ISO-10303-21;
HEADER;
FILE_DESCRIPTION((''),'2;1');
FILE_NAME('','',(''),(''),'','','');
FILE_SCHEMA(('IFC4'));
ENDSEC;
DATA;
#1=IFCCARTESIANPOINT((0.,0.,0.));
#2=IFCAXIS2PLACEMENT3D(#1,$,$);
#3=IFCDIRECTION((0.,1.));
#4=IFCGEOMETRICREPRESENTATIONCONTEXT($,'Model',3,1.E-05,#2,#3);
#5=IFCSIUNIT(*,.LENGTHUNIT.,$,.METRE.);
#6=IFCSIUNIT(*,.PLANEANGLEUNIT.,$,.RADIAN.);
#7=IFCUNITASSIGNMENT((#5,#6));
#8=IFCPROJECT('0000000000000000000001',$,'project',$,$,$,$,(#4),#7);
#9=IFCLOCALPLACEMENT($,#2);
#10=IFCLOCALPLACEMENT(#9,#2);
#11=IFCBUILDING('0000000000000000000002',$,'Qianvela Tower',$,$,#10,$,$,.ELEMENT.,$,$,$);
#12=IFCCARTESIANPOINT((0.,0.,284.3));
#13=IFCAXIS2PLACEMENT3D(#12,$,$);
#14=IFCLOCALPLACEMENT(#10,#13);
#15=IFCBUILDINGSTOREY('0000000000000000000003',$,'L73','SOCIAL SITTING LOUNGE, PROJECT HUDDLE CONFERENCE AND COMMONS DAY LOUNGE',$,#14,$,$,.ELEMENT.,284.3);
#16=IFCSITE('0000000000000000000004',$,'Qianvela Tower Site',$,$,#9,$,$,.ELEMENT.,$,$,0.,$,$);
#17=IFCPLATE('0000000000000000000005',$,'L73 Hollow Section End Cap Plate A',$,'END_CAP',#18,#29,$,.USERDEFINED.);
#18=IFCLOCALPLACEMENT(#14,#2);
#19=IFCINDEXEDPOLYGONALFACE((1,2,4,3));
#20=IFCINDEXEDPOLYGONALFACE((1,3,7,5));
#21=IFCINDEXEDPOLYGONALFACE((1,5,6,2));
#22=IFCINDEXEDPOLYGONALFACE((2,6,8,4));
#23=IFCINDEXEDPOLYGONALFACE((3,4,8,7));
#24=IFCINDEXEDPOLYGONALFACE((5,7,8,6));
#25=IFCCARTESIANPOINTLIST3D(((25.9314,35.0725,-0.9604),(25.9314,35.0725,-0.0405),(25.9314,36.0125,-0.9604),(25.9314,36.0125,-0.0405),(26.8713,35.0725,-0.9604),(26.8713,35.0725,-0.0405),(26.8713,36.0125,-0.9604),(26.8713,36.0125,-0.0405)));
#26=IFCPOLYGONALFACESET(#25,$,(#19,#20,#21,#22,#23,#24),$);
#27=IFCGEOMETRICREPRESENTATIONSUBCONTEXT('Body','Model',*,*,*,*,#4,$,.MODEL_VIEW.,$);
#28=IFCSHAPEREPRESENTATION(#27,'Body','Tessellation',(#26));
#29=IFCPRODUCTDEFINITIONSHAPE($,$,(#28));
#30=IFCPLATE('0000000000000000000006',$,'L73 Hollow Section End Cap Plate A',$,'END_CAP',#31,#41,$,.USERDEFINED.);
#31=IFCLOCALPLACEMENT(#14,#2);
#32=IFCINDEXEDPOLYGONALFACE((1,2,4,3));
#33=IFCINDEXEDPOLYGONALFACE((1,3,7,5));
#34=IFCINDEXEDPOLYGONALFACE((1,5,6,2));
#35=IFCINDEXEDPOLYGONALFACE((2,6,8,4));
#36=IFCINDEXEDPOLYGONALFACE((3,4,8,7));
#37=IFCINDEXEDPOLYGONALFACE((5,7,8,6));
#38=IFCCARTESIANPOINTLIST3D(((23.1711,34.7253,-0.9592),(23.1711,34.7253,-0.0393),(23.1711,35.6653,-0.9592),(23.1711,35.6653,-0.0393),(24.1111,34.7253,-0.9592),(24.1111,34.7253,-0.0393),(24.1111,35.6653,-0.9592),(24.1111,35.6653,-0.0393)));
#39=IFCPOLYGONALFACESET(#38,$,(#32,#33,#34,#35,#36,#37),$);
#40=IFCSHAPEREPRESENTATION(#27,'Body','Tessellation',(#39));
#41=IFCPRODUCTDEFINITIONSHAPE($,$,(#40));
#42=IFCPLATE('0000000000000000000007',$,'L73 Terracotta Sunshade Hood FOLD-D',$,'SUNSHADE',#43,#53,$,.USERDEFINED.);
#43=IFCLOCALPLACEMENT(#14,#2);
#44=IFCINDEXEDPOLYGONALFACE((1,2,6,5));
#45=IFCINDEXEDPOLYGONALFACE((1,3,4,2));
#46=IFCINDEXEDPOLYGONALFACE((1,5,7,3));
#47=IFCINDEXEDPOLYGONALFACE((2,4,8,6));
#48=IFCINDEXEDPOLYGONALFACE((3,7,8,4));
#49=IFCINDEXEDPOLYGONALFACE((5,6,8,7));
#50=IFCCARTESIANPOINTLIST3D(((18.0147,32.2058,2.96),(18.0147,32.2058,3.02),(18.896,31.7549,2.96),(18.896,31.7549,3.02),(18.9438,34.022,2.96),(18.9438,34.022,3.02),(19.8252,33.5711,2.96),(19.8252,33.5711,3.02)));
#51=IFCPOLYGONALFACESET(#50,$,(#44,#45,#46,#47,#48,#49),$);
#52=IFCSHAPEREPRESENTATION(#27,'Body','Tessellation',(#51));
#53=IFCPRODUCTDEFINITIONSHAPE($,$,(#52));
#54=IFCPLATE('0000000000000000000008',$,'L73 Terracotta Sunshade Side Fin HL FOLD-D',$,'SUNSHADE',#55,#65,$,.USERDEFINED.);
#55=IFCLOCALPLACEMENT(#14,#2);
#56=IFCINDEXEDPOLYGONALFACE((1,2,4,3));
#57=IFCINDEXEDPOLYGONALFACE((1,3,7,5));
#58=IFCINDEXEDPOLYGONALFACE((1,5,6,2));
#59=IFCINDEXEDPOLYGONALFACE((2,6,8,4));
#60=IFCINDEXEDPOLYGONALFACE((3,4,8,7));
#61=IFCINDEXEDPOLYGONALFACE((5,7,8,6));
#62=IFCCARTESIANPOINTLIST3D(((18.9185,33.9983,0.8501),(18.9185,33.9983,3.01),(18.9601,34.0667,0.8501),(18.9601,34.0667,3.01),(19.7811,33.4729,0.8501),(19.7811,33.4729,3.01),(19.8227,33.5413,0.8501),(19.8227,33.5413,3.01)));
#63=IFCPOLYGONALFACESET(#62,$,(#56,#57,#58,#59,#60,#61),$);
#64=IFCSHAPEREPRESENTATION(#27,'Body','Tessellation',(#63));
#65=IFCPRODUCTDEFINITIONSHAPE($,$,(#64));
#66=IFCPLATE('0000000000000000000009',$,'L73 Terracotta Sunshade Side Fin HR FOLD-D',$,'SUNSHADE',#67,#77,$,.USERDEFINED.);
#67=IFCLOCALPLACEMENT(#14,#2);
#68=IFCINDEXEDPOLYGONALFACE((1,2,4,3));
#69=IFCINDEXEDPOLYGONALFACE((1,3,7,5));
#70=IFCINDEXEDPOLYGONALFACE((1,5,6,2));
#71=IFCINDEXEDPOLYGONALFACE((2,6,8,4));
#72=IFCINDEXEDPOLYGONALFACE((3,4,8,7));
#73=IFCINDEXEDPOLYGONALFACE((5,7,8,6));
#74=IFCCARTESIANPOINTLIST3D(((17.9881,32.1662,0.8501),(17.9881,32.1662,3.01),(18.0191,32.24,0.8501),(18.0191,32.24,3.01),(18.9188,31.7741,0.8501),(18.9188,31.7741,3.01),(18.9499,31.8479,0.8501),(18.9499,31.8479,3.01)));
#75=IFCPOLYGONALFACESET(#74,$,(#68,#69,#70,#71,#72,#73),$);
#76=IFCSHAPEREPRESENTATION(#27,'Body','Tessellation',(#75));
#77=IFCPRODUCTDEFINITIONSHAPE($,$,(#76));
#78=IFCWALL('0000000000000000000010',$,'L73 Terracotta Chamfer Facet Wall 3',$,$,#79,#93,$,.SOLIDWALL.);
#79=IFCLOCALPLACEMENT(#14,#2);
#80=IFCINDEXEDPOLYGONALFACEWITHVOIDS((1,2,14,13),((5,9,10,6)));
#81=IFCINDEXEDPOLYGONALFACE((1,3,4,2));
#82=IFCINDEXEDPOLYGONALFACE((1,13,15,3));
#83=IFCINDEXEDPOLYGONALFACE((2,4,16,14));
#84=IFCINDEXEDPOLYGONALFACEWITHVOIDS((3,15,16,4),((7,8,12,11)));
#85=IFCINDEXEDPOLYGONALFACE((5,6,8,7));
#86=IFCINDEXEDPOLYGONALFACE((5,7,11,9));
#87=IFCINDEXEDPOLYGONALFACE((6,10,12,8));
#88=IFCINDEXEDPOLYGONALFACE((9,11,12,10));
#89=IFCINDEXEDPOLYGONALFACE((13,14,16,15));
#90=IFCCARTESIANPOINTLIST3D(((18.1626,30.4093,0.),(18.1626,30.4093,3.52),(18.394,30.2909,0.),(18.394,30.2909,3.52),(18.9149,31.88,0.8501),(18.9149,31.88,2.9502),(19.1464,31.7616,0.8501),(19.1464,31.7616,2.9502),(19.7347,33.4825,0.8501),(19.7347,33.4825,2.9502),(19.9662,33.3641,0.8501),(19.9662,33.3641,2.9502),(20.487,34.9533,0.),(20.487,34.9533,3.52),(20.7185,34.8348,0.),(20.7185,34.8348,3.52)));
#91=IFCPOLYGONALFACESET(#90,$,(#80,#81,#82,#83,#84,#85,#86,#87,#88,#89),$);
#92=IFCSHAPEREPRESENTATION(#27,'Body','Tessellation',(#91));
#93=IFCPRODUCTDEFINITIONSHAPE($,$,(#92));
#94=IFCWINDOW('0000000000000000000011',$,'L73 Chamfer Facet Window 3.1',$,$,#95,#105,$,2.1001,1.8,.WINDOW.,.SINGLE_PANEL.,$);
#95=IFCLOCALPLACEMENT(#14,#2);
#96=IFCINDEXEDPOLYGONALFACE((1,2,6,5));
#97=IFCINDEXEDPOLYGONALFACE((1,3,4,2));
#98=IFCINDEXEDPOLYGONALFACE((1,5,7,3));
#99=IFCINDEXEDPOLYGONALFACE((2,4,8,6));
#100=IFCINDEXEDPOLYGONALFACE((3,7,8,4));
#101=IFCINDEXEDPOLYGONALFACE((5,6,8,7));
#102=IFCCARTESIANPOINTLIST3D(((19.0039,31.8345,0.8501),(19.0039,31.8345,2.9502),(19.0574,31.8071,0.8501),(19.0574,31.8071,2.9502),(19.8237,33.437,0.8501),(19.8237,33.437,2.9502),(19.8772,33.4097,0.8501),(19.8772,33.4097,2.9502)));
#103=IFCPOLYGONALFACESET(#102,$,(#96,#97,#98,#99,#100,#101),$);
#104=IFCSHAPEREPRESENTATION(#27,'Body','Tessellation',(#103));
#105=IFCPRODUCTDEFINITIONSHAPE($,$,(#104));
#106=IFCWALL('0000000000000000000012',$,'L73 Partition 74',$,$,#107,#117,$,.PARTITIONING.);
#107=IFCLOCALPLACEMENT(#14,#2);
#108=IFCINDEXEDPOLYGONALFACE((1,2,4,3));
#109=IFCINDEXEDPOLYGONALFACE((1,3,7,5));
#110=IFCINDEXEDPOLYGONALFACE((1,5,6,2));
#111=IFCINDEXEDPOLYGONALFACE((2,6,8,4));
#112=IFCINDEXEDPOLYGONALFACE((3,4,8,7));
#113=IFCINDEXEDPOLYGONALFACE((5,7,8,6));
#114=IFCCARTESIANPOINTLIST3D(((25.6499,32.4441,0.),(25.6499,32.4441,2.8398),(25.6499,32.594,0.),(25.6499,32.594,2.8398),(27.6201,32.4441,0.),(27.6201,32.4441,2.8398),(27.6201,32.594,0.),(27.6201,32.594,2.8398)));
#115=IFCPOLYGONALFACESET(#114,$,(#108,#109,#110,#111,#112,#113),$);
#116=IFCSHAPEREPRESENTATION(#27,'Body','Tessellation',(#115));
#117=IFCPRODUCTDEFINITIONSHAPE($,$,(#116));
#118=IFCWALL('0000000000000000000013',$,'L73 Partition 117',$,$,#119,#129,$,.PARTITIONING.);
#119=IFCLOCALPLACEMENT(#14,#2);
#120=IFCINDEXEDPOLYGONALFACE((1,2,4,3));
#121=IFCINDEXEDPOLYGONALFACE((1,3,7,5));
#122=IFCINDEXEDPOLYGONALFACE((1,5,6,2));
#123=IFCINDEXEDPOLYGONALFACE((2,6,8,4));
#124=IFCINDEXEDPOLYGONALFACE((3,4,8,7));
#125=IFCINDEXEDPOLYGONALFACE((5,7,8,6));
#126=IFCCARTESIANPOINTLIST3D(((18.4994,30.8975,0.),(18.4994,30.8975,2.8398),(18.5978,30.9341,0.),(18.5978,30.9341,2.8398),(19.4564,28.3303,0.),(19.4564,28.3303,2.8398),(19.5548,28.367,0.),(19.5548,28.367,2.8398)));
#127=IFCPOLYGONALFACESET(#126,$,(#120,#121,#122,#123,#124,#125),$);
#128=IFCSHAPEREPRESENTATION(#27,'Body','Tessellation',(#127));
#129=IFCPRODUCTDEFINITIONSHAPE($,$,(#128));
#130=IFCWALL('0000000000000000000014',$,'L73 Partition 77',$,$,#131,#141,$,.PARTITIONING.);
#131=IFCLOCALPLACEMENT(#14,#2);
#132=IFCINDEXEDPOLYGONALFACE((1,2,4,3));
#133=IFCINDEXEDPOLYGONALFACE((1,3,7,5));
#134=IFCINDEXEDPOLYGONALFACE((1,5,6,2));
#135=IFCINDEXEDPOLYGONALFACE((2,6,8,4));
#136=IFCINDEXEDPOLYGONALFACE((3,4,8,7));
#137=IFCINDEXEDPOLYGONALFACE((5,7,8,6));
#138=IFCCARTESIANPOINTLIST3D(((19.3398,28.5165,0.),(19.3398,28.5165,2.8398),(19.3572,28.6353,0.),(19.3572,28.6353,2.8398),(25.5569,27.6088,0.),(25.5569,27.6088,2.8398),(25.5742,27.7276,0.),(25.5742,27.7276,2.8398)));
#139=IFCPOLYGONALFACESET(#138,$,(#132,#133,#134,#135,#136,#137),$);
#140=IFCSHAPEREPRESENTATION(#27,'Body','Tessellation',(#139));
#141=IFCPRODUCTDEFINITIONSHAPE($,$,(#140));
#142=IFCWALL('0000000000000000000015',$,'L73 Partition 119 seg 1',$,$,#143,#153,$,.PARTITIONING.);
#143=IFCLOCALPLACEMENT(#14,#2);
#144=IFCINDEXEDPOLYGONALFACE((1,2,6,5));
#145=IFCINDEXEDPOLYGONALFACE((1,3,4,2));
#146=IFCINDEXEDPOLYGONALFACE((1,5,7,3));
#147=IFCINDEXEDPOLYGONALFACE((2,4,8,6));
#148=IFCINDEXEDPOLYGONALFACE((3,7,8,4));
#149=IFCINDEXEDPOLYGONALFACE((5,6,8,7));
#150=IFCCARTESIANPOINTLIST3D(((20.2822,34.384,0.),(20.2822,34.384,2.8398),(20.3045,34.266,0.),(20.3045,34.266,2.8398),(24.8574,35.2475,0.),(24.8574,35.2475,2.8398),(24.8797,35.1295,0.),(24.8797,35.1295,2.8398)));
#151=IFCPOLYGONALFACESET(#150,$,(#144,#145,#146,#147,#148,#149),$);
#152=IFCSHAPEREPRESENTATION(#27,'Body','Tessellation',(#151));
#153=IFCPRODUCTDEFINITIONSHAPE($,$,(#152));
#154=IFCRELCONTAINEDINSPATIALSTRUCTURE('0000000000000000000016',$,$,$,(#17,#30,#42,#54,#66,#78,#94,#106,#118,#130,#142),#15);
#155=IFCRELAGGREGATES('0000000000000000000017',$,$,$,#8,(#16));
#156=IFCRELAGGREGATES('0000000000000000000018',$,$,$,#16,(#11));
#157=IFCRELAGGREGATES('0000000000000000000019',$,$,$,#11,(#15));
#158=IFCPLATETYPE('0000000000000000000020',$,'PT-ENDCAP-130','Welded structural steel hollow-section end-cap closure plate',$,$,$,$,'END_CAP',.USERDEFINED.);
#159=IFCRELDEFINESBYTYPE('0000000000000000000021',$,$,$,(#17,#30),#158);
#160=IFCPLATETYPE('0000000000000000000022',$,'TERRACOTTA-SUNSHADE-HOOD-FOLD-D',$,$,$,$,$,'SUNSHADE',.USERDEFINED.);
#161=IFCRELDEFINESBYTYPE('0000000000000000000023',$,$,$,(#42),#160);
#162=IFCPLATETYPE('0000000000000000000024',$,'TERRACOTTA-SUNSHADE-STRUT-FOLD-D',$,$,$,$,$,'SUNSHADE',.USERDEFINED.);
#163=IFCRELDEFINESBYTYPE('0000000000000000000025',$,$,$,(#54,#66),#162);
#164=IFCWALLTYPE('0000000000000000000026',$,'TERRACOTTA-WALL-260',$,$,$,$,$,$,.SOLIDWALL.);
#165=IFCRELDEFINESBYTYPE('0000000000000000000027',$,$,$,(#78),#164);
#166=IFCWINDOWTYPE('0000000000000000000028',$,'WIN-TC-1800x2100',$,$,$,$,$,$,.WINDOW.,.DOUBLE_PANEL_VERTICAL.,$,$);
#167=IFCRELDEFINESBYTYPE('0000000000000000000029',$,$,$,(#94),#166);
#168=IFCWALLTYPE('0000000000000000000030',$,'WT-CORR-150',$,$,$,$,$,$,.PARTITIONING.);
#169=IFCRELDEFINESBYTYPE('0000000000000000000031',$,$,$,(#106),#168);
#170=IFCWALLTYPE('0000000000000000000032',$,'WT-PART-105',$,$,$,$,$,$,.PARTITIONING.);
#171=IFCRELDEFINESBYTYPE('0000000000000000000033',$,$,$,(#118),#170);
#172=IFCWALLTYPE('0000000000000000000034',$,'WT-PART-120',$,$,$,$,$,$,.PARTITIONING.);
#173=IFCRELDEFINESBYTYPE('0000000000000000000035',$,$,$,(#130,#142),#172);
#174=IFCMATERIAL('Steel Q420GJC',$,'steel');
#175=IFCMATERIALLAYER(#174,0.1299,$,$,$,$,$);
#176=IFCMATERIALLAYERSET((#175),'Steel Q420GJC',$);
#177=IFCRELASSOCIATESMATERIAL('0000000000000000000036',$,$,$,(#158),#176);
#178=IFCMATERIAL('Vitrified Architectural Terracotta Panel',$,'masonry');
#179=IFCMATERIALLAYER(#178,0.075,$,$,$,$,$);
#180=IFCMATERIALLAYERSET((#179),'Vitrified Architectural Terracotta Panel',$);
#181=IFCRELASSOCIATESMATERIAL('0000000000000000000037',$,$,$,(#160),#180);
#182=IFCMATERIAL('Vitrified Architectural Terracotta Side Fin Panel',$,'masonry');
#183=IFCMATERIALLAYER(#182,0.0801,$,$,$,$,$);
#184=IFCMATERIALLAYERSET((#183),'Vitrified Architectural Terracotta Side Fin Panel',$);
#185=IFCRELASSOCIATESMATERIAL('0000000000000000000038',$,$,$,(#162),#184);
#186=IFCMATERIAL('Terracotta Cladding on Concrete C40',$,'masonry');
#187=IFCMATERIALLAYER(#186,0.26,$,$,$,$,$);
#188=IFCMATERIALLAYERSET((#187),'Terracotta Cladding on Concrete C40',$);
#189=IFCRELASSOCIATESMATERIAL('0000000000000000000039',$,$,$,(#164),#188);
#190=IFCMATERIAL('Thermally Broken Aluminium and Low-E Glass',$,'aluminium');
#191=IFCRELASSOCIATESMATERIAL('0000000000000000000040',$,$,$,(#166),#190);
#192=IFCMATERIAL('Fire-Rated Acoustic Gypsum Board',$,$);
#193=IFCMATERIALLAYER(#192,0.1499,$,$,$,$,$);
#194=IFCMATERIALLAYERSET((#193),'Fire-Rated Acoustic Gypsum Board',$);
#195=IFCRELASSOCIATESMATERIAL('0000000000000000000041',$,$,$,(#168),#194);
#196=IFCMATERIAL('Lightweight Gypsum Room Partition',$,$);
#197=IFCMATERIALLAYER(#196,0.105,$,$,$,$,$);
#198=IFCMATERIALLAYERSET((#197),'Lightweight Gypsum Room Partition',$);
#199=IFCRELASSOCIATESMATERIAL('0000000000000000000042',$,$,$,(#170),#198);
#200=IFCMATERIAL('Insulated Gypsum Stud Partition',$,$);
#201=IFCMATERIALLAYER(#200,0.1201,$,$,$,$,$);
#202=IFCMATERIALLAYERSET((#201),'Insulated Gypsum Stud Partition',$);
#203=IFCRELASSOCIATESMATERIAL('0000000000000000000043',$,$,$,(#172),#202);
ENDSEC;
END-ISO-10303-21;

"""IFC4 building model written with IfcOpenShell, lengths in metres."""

from ifc_helpers import new_model, si_unit, direction, frame, frame_2d, origin, origin_2d, place, context, subcontext, project, spatial, rectangle, extrude, material, layer, layer_set, type_object, element, fill, save


model = new_model("IFC4")

# Units and contexts
model_context = context("Model", 3, precision=1e-05, world=origin(), true_north=direction((0.0, 1.0)))
body_context = subcontext(model_context, "Body", "Model", "MODEL_VIEW")
ifc_project = project(units=[si_unit("LENGTHUNIT", "METRE"), si_unit("PLANEANGLEUNIT", "RADIAN")], contexts=[model_context])

# Site, building, storey
site_placement = place(None, origin())
site = spatial("IfcSite", under=ifc_project, at=site_placement, Name="Qianvela Tower Site", CompositionType="ELEMENT", RefElevation=0.0)
building_placement = place(site_placement, origin())
building = spatial("IfcBuilding", under=site, at=building_placement, Name="Qianvela Tower", CompositionType="ELEMENT")
storey_placement = place(building_placement, frame((0.0, 0.0, 284.3)))
storey = spatial("IfcBuildingStorey", under=building, at=storey_placement, Name="L73", Description="SOCIAL SITTING LOUNGE, PROJECT HUDDLE CONFERENCE AND COMMONS DAY LOUNGE", CompositionType="ELEMENT", Elevation=284.3)

# Plates
ifc_material_1 = material(Name="Steel Q420GJC", Category="steel")
ifc_layer_1 = layer(ifc_material_1, 0.1299)
ifc_layer_set_1 = layer_set([ifc_layer_1], Name="Steel Q420GJC")
plate_type_1 = type_object("IfcPlateType", Name="PT-ENDCAP-130", Description="Welded structural steel hollow-section end-cap closure plate", ElementType="END_CAP", PredefinedType="USERDEFINED", material=ifc_layer_set_1)
for number, where, z_axis, x_axis, name in (
    (1, (26.4014, 35.5425, -0.9604), (0.0, 0.0, 1.0), (1.0, 0.0, 0.0), "L73 Hollow Section End Cap Plate A"),
    (2, (23.6411, 35.1953, -0.9592), (0.0, 0.0, 1.0), (1.0, 0.0, 0.0), "L73 Hollow Section End Cap Plate A"),
):
    element("IfcPlate", number, at=place(storey_placement, frame(where, z_axis=z_axis, x_axis=x_axis)), inside=storey, type_object=plate_type_1, Name=name, ObjectType="END_CAP", PredefinedType="USERDEFINED", context=body_context, shape_type="SweptSolid", body=[
        extrude(rectangle(XDim=0.9399, YDim=0.9399, at=origin_2d()), origin(), (0.0, 0.0, 1.0), 0.9199),
    ])
ifc_material_2 = material(Name="Vitrified Architectural Terracotta Panel", Category="masonry")
ifc_layer_2 = layer(ifc_material_2, 0.075)
ifc_layer_set_2 = layer_set([ifc_layer_2], Name="Vitrified Architectural Terracotta Panel")
plate_type_2 = type_object("IfcPlateType", Name="TERRACOTTA-SUNSHADE-HOOD-FOLD-D", ElementType="SUNSHADE", PredefinedType="USERDEFINED", material=ifc_layer_set_2)
plate_1_placement = place(storey_placement, frame((18.9199, 32.8884, 2.96), z_axis=(0.0, 0.0, 1.0), x_axis=(-0.455447, -0.890263, 0.0)))
element("IfcPlate", 3, at=plate_1_placement, inside=storey, type_object=plate_type_2, Name="L73 Terracotta Sunshade Hood FOLD-D", ObjectType="SUNSHADE", PredefinedType="USERDEFINED", context=body_context, shape_type="SweptSolid", body=[
    extrude(rectangle(XDim=2.04, YDim=0.99, at=origin_2d()), origin(), (0.0, 0.0, 1.0), 0.0601),
])
ifc_material_3 = material(Name="Vitrified Architectural Terracotta Side Fin Panel", Category="masonry")
ifc_layer_3 = layer(ifc_material_3, 0.0801)
ifc_layer_set_3 = layer_set([ifc_layer_3], Name="Vitrified Architectural Terracotta Side Fin Panel")
plate_type_3 = type_object("IfcPlateType", Name="TERRACOTTA-SUNSHADE-STRUT-FOLD-D", ElementType="SUNSHADE", PredefinedType="USERDEFINED", material=ifc_layer_set_3)
for number, where, z_axis, x_axis, name in (
    (4, (19.3706, 33.7698, 0.8501), (0.0, 0.0, 1.0), (-0.520171, -0.854062, 0.0), "L73 Terracotta Sunshade Side Fin HL FOLD-D"),
    (5, (18.469, 32.0071, 0.8501), (0.0, 0.0, 1.0), (-0.388219, -0.921567, 0.0), "L73 Terracotta Sunshade Side Fin HR FOLD-D"),
):
    element("IfcPlate", number, at=place(storey_placement, frame(where, z_axis=z_axis, x_axis=x_axis)), inside=storey, type_object=plate_type_3, Name=name, ObjectType="SUNSHADE", PredefinedType="USERDEFINED", context=body_context, shape_type="SweptSolid", body=[
        extrude(rectangle(XDim=0.0801, YDim=1.01, at=origin_2d()), origin(), (0.0, 0.0, 1.0), 2.1599),
    ])

# Wall, opening, window
ifc_material_4 = material(Name="Terracotta Cladding on Concrete C40", Category="masonry")
ifc_layer_4 = layer(ifc_material_4, 0.26)
ifc_layer_set_4 = layer_set([ifc_layer_4], Name="Terracotta Cladding on Concrete C40")
wall_type_1 = type_object("IfcWallType", Name="TERRACOTTA-WALL-260", PredefinedType="SOLIDWALL", material=ifc_layer_set_4)
wall_1_placement = place(storey_placement, frame((20.6028, 34.894, 0.0), z_axis=(0.0, 0.0, 1.0), x_axis=(-0.455422, -0.890276, 0.0)))
wall_1 = element("IfcWall", 6, at=wall_1_placement, inside=storey, type_object=wall_type_1, Name="L73 Terracotta Chamfer Facet Wall 3", PredefinedType="SOLIDWALL", context=body_context, shape_type="SweptSolid", body=[
    extrude(rectangle(XDim=5.104, YDim=0.26, at=frame_2d((2.552, 0.0))), origin(), (0.0, 0.0, 1.0), 3.52),
])
opening_1_placement = place(wall_1_placement, frame((1.6521, 0.0, 0.8501)))
opening_1 = element("IfcOpeningElement", 7, at=opening_1_placement, cuts=wall_1, PredefinedType="OPENING", context=body_context, shape_type="SweptSolid", body=[
    extrude(rectangle(XDim=1.8, YDim=2.1001, at=frame_2d((0.8999, 1.05))), frame((0.0, 0.1399, 0.0), z_axis=(0.0, -1.0, 0.0), x_axis=(1.0, 0.0, 0.0)), (0.0, 0.0, 1.0), 0.28),
])
ifc_material_5 = material(Name="Thermally Broken Aluminium and Low-E Glass", Category="aluminium")
window_type = type_object("IfcWindowType", Name="WIN-TC-1800x2100", PartitioningType="DOUBLE_PANEL_VERTICAL", PredefinedType="WINDOW", material=ifc_material_5)
window_placement = place(opening_1_placement, origin())
window = element("IfcWindow", 8, at=window_placement, inside=storey, type_object=window_type, Name="L73 Chamfer Facet Window 3.1", OverallHeight=2.1001, OverallWidth=1.8, PartitioningType="SINGLE_PANEL", PredefinedType="WINDOW", context=body_context, shape_type="SweptSolid", body=[
    extrude(rectangle(XDim=1.8, YDim=2.1001, at=frame_2d((0.8999, 1.05))), frame((0.0, 0.03, 0.0), z_axis=(0.0, -1.0, 0.0), x_axis=(1.0, 0.0, 0.0)), (0.0, 0.0, 1.0), 0.0601),
])
fill(opening_1, window)

# Walls
ifc_material_6 = material(Name="Fire-Rated Acoustic Gypsum Board")
ifc_layer_5 = layer(ifc_material_6, 0.1499)
ifc_layer_set_5 = layer_set([ifc_layer_5], Name="Fire-Rated Acoustic Gypsum Board")
wall_type_2 = type_object("IfcWallType", Name="WT-CORR-150", PredefinedType="PARTITIONING", material=ifc_layer_set_5)
wall_2_placement = place(storey_placement, frame((25.6499, 32.519, 0.0), z_axis=(0.0, 0.0, 1.0), x_axis=(1.0, 0.0, 0.0)))
element("IfcWall", 9, at=wall_2_placement, inside=storey, type_object=wall_type_2, Name="L73 Partition 74", PredefinedType="PARTITIONING", context=body_context, shape_type="SweptSolid", body=[
    extrude(rectangle(XDim=1.9702, YDim=0.1499, at=frame_2d((0.9851, 0.0))), origin(), (0.0, 0.0, 1.0), 2.8398),
])
ifc_material_7 = material(Name="Lightweight Gypsum Room Partition")
ifc_layer_6 = layer(ifc_material_7, 0.105)
ifc_layer_set_6 = layer_set([ifc_layer_6], Name="Lightweight Gypsum Room Partition")
wall_type_3 = type_object("IfcWallType", Name="WT-PART-105", PredefinedType="PARTITIONING", material=ifc_layer_set_6)
wall_3_placement = place(storey_placement, frame((19.5056, 28.3486, 0.0), z_axis=(0.0, 0.0, 1.0), x_axis=(-0.349316, 0.937005, 0.0)))
element("IfcWall", 10, at=wall_3_placement, inside=storey, type_object=wall_type_3, Name="L73 Partition 117", PredefinedType="PARTITIONING", context=body_context, shape_type="SweptSolid", body=[
    extrude(rectangle(XDim=2.7397, YDim=0.105, at=frame_2d((1.3699, 0.0))), origin(), (0.0, 0.0, 1.0), 2.8398),
])
ifc_material_8 = material(Name="Insulated Gypsum Stud Partition")
ifc_layer_7 = layer(ifc_material_8, 0.1201)
ifc_layer_set_7 = layer_set([ifc_layer_7], Name="Insulated Gypsum Stud Partition")
wall_type_4 = type_object("IfcWallType", Name="WT-PART-120", PredefinedType="PARTITIONING", material=ifc_layer_set_7)
wall_4_placement = place(storey_placement, frame((19.3484, 28.5759, 0.0), z_axis=(0.0, 0.0, 1.0), x_axis=(0.989509, -0.144473, 0.0)))
element("IfcWall", 11, at=wall_4_placement, inside=storey, type_object=wall_type_4, Name="L73 Partition 77", PredefinedType="PARTITIONING", context=body_context, shape_type="SweptSolid", body=[
    extrude(rectangle(XDim=6.283, YDim=0.1201, at=frame_2d((3.1416, 0.0))), origin(), (0.0, 0.0, 1.0), 2.8398),
])
wall_5_placement = place(storey_placement, frame((20.2932, 34.325, 0.0), z_axis=(0.0, 0.0, 1.0), x_axis=(0.982651, 0.185466, 0.0)))
element("IfcWall", 12, at=wall_5_placement, inside=storey, type_object=wall_type_4, Name="L73 Partition 119 seg 1", PredefinedType="PARTITIONING", context=body_context, shape_type="SweptSolid", body=[
    extrude(rectangle(XDim=4.656, YDim=0.1201, at=frame_2d((2.3281, 0.0))), origin(), (0.0, 0.0, 1.0), 2.8398),
])

save(model, "model.ifc")
